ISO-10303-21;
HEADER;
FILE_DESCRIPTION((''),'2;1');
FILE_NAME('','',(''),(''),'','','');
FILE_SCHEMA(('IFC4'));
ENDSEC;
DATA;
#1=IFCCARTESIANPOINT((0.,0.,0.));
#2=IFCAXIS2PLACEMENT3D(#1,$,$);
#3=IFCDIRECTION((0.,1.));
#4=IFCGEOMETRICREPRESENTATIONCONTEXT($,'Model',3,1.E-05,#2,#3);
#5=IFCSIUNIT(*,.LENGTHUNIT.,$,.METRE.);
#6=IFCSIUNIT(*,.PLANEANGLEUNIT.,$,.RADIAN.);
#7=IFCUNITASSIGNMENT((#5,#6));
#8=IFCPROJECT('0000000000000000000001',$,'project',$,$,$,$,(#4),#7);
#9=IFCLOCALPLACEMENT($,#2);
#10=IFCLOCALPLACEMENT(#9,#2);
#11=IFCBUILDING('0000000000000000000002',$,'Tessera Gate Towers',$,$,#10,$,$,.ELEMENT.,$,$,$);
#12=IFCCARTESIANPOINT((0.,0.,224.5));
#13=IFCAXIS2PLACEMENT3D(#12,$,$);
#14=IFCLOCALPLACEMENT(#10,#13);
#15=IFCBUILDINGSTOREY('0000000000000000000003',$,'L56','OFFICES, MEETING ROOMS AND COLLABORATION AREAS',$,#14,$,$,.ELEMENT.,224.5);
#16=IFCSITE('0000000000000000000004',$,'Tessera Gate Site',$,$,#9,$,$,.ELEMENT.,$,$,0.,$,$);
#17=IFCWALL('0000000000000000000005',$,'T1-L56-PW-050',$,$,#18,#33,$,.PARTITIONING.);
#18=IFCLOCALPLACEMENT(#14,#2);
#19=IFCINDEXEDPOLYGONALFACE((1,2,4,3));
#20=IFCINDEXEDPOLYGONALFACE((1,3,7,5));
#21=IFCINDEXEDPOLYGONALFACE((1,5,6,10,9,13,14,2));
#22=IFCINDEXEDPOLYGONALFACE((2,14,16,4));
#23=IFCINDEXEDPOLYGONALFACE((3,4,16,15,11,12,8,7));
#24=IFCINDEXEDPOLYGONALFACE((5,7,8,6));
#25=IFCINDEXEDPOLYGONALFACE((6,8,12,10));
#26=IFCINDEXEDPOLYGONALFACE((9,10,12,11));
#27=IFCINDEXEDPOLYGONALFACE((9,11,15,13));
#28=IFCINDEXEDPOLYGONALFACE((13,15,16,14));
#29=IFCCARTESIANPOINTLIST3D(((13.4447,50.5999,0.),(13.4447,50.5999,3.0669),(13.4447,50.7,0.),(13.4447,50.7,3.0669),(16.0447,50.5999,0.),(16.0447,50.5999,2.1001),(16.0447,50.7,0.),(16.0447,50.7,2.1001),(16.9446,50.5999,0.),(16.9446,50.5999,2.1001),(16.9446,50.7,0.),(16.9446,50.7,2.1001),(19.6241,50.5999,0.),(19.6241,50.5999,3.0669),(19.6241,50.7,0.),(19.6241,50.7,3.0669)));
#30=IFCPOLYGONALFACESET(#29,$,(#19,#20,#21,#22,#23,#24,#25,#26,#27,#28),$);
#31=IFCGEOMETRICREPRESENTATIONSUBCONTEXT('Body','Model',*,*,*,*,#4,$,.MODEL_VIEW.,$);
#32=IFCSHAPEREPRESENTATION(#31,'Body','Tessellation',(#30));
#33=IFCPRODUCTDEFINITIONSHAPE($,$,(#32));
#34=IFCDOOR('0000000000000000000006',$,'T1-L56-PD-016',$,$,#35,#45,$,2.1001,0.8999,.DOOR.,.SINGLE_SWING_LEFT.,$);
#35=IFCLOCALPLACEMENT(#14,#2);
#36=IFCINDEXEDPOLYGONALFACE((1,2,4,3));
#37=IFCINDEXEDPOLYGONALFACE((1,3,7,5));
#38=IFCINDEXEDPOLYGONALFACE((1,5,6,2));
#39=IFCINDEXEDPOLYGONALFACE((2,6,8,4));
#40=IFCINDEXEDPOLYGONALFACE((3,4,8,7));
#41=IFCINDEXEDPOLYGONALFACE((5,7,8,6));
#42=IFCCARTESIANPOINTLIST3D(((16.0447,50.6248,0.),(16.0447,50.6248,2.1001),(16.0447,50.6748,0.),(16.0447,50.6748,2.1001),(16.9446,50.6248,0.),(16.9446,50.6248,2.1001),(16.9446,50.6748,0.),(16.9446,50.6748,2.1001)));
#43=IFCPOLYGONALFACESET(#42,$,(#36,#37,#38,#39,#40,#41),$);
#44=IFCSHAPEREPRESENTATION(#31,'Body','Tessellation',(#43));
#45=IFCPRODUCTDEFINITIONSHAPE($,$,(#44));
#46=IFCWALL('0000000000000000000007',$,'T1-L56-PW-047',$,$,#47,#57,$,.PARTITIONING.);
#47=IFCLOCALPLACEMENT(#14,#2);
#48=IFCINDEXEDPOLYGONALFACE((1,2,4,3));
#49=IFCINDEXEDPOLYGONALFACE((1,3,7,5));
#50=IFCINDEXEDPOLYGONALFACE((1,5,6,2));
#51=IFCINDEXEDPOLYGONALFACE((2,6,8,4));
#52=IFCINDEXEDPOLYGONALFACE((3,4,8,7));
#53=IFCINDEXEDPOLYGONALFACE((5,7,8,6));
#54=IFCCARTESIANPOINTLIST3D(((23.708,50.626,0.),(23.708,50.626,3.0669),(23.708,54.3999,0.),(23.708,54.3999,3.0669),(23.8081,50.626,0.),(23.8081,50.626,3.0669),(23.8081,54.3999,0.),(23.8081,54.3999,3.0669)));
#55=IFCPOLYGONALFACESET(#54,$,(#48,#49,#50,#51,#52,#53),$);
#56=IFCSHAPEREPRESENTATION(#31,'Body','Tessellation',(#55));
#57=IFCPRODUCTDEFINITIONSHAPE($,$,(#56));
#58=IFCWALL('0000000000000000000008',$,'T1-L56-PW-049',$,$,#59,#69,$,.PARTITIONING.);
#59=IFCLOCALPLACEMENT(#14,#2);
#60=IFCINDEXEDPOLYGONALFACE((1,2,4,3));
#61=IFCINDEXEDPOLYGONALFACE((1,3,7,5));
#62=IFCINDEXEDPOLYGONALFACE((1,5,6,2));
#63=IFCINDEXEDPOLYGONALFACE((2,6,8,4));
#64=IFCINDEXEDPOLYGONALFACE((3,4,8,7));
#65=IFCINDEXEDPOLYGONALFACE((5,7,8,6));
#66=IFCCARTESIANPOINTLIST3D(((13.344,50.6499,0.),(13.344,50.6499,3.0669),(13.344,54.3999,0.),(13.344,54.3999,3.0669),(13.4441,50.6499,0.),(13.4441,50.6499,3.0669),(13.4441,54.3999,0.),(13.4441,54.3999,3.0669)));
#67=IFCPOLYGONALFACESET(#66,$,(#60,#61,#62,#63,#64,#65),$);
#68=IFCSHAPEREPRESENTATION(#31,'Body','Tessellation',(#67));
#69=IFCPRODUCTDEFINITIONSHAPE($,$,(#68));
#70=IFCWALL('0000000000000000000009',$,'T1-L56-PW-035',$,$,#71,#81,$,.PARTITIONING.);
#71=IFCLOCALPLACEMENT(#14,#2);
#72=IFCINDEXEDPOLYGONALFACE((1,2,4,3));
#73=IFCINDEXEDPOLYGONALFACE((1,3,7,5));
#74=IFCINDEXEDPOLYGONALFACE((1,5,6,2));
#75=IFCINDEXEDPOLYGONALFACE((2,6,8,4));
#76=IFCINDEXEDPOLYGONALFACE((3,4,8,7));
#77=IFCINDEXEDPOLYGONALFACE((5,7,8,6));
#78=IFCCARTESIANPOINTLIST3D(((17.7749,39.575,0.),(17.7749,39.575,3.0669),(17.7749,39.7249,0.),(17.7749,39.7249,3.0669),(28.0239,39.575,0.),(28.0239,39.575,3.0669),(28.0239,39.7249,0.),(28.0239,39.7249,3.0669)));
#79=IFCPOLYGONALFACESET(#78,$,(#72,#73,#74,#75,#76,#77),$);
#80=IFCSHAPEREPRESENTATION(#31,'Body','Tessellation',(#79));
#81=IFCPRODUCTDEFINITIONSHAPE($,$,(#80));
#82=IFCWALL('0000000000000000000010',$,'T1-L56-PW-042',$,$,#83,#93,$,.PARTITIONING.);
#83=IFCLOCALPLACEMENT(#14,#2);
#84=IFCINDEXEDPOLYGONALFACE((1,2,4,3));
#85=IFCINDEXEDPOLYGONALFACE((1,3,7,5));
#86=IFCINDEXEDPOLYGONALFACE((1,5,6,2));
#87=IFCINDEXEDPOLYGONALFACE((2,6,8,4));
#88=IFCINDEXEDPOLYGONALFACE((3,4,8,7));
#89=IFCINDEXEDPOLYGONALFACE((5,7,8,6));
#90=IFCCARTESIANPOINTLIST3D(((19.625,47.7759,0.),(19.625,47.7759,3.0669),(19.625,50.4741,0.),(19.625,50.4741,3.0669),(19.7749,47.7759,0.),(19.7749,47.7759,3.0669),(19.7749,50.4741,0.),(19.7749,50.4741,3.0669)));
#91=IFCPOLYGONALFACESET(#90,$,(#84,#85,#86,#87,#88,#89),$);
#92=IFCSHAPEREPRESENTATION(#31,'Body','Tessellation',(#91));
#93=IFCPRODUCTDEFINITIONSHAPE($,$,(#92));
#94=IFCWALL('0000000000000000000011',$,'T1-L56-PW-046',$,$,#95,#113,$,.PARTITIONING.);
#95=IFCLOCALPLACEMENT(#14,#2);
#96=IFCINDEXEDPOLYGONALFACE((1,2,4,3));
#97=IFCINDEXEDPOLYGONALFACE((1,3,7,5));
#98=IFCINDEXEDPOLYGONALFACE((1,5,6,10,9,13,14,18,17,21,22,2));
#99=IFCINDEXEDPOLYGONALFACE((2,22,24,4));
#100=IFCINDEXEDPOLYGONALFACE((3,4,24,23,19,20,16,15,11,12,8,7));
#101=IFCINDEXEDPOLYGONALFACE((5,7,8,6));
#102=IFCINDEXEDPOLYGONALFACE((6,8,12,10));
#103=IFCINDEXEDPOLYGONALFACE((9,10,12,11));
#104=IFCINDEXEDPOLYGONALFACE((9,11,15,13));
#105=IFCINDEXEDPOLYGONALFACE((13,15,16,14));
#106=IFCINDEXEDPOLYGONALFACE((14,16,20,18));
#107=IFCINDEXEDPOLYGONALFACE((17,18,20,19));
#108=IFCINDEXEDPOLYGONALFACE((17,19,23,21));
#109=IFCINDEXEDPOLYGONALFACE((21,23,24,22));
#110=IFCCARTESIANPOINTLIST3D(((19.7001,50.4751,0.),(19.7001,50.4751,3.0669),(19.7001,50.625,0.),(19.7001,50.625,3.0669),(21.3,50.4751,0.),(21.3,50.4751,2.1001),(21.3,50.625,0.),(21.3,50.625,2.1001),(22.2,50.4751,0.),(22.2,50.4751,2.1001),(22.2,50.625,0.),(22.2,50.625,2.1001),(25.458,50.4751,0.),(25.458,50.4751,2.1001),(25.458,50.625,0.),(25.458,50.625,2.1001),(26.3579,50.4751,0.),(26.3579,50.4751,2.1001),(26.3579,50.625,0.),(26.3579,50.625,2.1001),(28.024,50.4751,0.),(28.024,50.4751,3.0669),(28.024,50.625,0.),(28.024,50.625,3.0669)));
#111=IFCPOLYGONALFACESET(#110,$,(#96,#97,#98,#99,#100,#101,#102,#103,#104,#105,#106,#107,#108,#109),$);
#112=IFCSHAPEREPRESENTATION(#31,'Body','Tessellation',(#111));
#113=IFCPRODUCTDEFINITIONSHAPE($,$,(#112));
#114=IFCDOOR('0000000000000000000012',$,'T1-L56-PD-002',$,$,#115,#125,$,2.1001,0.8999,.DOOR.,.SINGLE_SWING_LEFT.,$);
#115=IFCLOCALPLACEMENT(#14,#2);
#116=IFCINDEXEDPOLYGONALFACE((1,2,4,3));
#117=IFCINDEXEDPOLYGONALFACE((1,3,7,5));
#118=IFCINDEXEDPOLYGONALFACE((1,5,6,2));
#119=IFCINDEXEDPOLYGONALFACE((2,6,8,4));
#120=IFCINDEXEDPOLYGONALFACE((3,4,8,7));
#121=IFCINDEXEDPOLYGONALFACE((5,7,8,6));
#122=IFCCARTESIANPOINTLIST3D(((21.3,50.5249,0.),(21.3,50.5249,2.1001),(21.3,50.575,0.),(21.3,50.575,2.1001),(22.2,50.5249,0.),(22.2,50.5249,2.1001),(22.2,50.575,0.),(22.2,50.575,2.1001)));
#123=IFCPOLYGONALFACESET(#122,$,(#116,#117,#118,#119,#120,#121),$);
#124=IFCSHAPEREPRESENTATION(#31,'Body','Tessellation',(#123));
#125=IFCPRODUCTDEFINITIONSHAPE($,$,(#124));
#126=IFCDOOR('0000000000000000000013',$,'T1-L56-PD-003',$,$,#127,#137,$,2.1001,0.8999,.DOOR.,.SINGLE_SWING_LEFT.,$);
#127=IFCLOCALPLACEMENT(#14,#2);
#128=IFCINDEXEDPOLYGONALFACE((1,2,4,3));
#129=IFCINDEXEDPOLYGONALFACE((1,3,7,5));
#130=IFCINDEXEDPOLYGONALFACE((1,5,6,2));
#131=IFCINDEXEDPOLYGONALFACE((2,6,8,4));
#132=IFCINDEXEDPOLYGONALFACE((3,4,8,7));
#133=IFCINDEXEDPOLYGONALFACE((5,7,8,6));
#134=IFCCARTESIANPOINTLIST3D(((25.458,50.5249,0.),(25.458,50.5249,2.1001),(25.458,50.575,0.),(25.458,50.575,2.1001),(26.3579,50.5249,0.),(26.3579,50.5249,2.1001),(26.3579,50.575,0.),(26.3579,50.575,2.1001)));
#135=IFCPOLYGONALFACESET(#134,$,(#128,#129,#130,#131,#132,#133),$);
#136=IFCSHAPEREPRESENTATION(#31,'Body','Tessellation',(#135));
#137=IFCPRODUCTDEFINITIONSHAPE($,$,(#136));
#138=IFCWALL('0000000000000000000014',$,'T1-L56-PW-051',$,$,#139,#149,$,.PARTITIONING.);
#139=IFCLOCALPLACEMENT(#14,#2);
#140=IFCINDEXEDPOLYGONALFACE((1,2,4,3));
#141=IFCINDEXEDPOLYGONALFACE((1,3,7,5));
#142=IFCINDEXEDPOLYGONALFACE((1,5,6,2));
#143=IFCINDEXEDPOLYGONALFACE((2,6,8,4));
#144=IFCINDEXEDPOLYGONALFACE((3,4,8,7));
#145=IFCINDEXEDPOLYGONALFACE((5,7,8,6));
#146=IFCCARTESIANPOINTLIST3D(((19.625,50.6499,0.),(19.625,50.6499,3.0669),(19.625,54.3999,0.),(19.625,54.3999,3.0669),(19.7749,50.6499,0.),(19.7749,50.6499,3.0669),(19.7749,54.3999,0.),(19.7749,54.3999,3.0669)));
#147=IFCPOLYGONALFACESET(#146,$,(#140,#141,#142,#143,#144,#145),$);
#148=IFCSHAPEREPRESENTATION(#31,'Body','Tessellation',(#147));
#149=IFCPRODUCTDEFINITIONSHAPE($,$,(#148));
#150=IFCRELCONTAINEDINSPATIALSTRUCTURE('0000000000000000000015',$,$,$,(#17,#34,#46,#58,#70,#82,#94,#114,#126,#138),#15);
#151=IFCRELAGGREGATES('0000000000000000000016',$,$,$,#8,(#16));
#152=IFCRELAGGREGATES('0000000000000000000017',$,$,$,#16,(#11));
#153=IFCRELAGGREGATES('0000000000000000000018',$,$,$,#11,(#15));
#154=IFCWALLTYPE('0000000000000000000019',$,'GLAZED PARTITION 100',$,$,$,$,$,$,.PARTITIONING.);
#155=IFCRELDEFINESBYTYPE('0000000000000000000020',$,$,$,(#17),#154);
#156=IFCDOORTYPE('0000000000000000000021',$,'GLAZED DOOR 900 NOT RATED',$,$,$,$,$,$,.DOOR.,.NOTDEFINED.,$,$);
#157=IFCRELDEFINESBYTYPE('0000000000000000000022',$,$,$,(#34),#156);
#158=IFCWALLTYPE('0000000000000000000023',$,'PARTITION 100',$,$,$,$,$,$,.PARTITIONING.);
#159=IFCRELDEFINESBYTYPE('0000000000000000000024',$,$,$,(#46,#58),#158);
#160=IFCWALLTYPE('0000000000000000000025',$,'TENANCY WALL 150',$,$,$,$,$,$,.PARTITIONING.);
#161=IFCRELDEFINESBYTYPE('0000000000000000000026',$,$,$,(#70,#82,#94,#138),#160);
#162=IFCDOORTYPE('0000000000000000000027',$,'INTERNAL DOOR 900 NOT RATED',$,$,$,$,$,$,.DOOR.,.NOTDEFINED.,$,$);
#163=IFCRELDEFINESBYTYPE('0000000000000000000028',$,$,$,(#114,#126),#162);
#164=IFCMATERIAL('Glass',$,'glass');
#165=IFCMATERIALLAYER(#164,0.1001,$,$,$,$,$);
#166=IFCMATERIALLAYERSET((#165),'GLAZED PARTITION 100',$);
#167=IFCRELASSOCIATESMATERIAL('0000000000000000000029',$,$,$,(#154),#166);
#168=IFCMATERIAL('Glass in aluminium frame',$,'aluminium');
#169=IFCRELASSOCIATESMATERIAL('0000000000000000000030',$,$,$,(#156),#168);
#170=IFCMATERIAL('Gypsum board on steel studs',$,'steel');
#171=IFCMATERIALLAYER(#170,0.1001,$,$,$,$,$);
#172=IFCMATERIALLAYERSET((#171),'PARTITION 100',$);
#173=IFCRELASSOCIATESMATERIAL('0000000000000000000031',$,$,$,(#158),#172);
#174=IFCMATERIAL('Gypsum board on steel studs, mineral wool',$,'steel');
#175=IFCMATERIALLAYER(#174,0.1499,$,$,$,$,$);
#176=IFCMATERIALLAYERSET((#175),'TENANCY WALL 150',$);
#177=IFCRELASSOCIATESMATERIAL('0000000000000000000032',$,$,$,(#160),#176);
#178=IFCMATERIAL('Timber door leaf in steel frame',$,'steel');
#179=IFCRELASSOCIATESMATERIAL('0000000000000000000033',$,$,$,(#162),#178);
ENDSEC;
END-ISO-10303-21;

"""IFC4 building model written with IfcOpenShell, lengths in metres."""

from ifc_helpers import new_model, si_unit, direction, frame, frame_2d, origin, place, context, subcontext, project, spatial, rectangle, extrude, source, transform, mapped, material, layer, layer_set, type_object, element, fill, save


model = new_model("IFC4")

# Units and contexts
model_context = context("Model", 3, precision=1e-05, world=origin(), true_north=direction((0.0, 1.0)))
body_context = subcontext(model_context, "Body", "Model", "MODEL_VIEW")
ifc_project = project(units=[si_unit("LENGTHUNIT", "METRE"), si_unit("PLANEANGLEUNIT", "RADIAN")], contexts=[model_context])

# Site, building, storey
site_placement = place(None, origin())
site = spatial("IfcSite", under=ifc_project, at=site_placement, Name="Tessera Gate Site", CompositionType="ELEMENT", RefElevation=0.0)
building_placement = place(site_placement, origin())
building = spatial("IfcBuilding", under=site, at=building_placement, Name="Tessera Gate Towers", CompositionType="ELEMENT")
storey_placement = place(building_placement, frame((0.0, 0.0, 224.5)))
storey = spatial("IfcBuildingStorey", under=building, at=storey_placement, Name="L56", Description="OFFICES, MEETING ROOMS AND COLLABORATION AREAS", CompositionType="ELEMENT", Elevation=224.5)

# Shared definitions
ifc_material_1 = material(Name="Glass", Category="glass")
ifc_layer_1 = layer(ifc_material_1, 0.1001)
ifc_layer_set_1 = layer_set([ifc_layer_1], Name="GLAZED PARTITION 100")
wall_type_1 = type_object("IfcWallType", Name="GLAZED PARTITION 100", PredefinedType="PARTITIONING", material=ifc_layer_set_1)

# Wall, opening, door
shared_shape_1 = source(origin(), body_context, "Body", "SweptSolid", [
    extrude(rectangle(XDim=0.8999, YDim=2.1001, at=frame_2d((0.45, 1.05))), frame((0.0, 0.0601, 0.0), z_axis=(0.0, -1.0, 0.0), x_axis=(1.0, 0.0, 0.0)), (0.0, 0.0, 1.0), 0.1201),
])
ifc_material_2 = material(Name="Glass in aluminium frame", Category="aluminium")
door_type_1 = type_object("IfcDoorType", Name="GLAZED DOOR 900 NOT RATED", OperationType="NOTDEFINED", PredefinedType="DOOR", material=ifc_material_2)
shared_shape_2 = source(origin(), body_context, "Body", "SweptSolid", [
    extrude(rectangle(XDim=0.8999, YDim=2.1001, at=frame_2d((0.45, 1.05))), frame((0.0, 0.0249, 0.0), z_axis=(0.0, -1.0, 0.0), x_axis=(1.0, 0.0, 0.0)), (0.0, 0.0, 1.0), 0.05),
])
wall_1_placement = place(storey_placement, frame((13.4446, 50.6499, 0.0), z_axis=(0.0, 0.0, 1.0), x_axis=(1.0, 0.0, 0.0)))
wall_1 = element("IfcWall", 1, at=wall_1_placement, inside=storey, type_object=wall_type_1, Name="T1-L56-PW-050", PredefinedType="PARTITIONING", context=body_context, shape_type="SweptSolid", body=[
    extrude(rectangle(XDim=6.1794, YDim=0.1001, at=frame_2d((3.0898, 0.0))), origin(), (0.0, 0.0, 1.0), 3.0669),
])
opening_1_placement = place(wall_1_placement, frame((2.6001, 0.0, 0.0)))
opening_1 = element("IfcOpeningElement", 2, at=opening_1_placement, cuts=wall_1, PredefinedType="OPENING", context=body_context, shape_type="MappedRepresentation", body=[
    mapped(shared_shape_1, transform((0.0, 0.0, 0.0), scale=1.0)),
])
door_1_placement = place(opening_1_placement, origin())
door_1 = element("IfcDoor", 3, at=door_1_placement, inside=storey, type_object=door_type_1, Name="T1-L56-PD-016", OperationType="SINGLE_SWING_LEFT", OverallHeight=2.1001, OverallWidth=0.8999, PredefinedType="DOOR", context=body_context, shape_type="MappedRepresentation", body=[
    mapped(shared_shape_2, transform((0.0, 0.0, 0.0), scale=1.0)),
])
fill(opening_1, door_1)

# Walls
ifc_material_3 = material(Name="Gypsum board on steel studs", Category="steel")
ifc_layer_2 = layer(ifc_material_3, 0.1001)
ifc_layer_set_2 = layer_set([ifc_layer_2], Name="PARTITION 100")
wall_type_2 = type_object("IfcWallType", Name="PARTITION 100", PredefinedType="PARTITIONING", material=ifc_layer_set_2)
wall_2_placement = place(storey_placement, frame((23.7581, 50.626, 0.0), z_axis=(0.0, 0.0, 1.0), x_axis=(0.0, 1.0, 0.0)))
element("IfcWall", 4, at=wall_2_placement, inside=storey, type_object=wall_type_2, Name="T1-L56-PW-047", PredefinedType="PARTITIONING", context=body_context, shape_type="SweptSolid", body=[
    extrude(rectangle(XDim=3.7739, YDim=0.1001, at=frame_2d((1.887, 0.0))), origin(), (0.0, 0.0, 1.0), 3.0669),
])
wall_3_placement = place(storey_placement, frame((13.394, 50.6499, 0.0), z_axis=(0.0, 0.0, 1.0), x_axis=(0.0, 1.0, 0.0)))
element("IfcWall", 5, at=wall_3_placement, inside=storey, type_object=wall_type_2, Name="T1-L56-PW-049", PredefinedType="PARTITIONING", context=body_context, shape_type="SweptSolid", body=[
    extrude(rectangle(XDim=3.75, YDim=0.1001, at=frame_2d((1.875, 0.0))), origin(), (0.0, 0.0, 1.0), 3.0669),
])
ifc_material_4 = material(Name="Gypsum board on steel studs, mineral wool", Category="steel")
ifc_layer_3 = layer(ifc_material_4, 0.1499)
ifc_layer_set_3 = layer_set([ifc_layer_3], Name="TENANCY WALL 150")
wall_type_3 = type_object("IfcWallType", Name="TENANCY WALL 150", PredefinedType="PARTITIONING", material=ifc_layer_set_3)
wall_4_placement = place(storey_placement, frame((17.7749, 39.6499, 0.0), z_axis=(0.0, 0.0, 1.0), x_axis=(1.0, 0.0, 0.0)))
element("IfcWall", 6, at=wall_4_placement, inside=storey, type_object=wall_type_3, Name="T1-L56-PW-035", PredefinedType="PARTITIONING", context=body_context, shape_type="SweptSolid", body=[
    extrude(rectangle(XDim=10.249, YDim=0.1499, at=frame_2d((5.1245, 0.0))), origin(), (0.0, 0.0, 1.0), 3.0669),
])
wall_5_placement = place(storey_placement, frame((19.7, 47.7759, 0.0), z_axis=(0.0, 0.0, 1.0), x_axis=(0.0, 1.0, 0.0)))
element("IfcWall", 7, at=wall_5_placement, inside=storey, type_object=wall_type_3, Name="T1-L56-PW-042", PredefinedType="PARTITIONING", context=body_context, shape_type="SweptSolid", body=[
    extrude(rectangle(XDim=2.6982, YDim=0.1499, at=frame_2d((1.3491, 0.0))), origin(), (0.0, 0.0, 1.0), 3.0669),
])

# Wall, openings, doors
wall_6_placement = place(storey_placement, frame((19.7, 50.55, 0.0), z_axis=(0.0, 0.0, 1.0), x_axis=(1.0, 0.0, 0.0)))
wall_6 = element("IfcWall", 8, at=wall_6_placement, inside=storey, type_object=wall_type_3, Name="T1-L56-PW-046", PredefinedType="PARTITIONING", context=body_context, shape_type="SweptSolid", body=[
    extrude(rectangle(XDim=8.324, YDim=0.1499, at=frame_2d((4.1621, 0.0))), origin(), (0.0, 0.0, 1.0), 3.0669),
])
shared_shape_3 = source(origin(), body_context, "Body", "SweptSolid", [
    extrude(rectangle(XDim=0.8999, YDim=2.1001, at=frame_2d((0.45, 1.05))), frame((0.0, 0.085, 0.0), z_axis=(0.0, -1.0, 0.0), x_axis=(1.0, 0.0, 0.0)), (0.0, 0.0, 1.0), 0.1699),
])
opening_2_placement = place(wall_6_placement, frame((1.6001, 0.0, 0.0)))
opening_2 = element("IfcOpeningElement", 9, at=opening_2_placement, cuts=wall_6, PredefinedType="OPENING", context=body_context, shape_type="MappedRepresentation", body=[
    mapped(shared_shape_3, transform((0.0, 0.0, 0.0), scale=1.0)),
])
opening_3_placement = place(wall_6_placement, frame((5.7581, 0.0, 0.0)))
opening_3 = element("IfcOpeningElement", 10, at=opening_3_placement, cuts=wall_6, PredefinedType="OPENING", context=body_context, shape_type="MappedRepresentation", body=[
    mapped(shared_shape_3, transform((0.0, 0.0, 0.0), scale=1.0)),
])
ifc_material_5 = material(Name="Timber door leaf in steel frame", Category="steel")
door_type_2 = type_object("IfcDoorType", Name="INTERNAL DOOR 900 NOT RATED", OperationType="NOTDEFINED", PredefinedType="DOOR", material=ifc_material_5)
door_2_placement = place(opening_2_placement, origin())
door_2 = element("IfcDoor", 11, at=door_2_placement, inside=storey, type_object=door_type_2, Name="T1-L56-PD-002", OperationType="SINGLE_SWING_LEFT", OverallHeight=2.1001, OverallWidth=0.8999, PredefinedType="DOOR", context=body_context, shape_type="MappedRepresentation", body=[
    mapped(shared_shape_2, transform((0.0, 0.0, 0.0), scale=1.0)),
])
fill(opening_2, door_2)
door_3_placement = place(opening_3_placement, origin())
door_3 = element("IfcDoor", 12, at=door_3_placement, inside=storey, type_object=door_type_2, Name="T1-L56-PD-003", OperationType="SINGLE_SWING_LEFT", OverallHeight=2.1001, OverallWidth=0.8999, PredefinedType="DOOR", context=body_context, shape_type="MappedRepresentation", body=[
    mapped(shared_shape_2, transform((0.0, 0.0, 0.0), scale=1.0)),
])
fill(opening_3, door_3)

# Wall
wall_7_placement = place(storey_placement, frame((19.7, 50.6499, 0.0), z_axis=(0.0, 0.0, 1.0), x_axis=(0.0, 1.0, 0.0)))
element("IfcWall", 13, at=wall_7_placement, inside=storey, type_object=wall_type_3, Name="T1-L56-PW-051", PredefinedType="PARTITIONING", context=body_context, shape_type="SweptSolid", body=[
    extrude(rectangle(XDim=3.75, YDim=0.1499, at=frame_2d((1.875, 0.0))), origin(), (0.0, 0.0, 1.0), 3.0669),
])

save(model, "model.ifc")
